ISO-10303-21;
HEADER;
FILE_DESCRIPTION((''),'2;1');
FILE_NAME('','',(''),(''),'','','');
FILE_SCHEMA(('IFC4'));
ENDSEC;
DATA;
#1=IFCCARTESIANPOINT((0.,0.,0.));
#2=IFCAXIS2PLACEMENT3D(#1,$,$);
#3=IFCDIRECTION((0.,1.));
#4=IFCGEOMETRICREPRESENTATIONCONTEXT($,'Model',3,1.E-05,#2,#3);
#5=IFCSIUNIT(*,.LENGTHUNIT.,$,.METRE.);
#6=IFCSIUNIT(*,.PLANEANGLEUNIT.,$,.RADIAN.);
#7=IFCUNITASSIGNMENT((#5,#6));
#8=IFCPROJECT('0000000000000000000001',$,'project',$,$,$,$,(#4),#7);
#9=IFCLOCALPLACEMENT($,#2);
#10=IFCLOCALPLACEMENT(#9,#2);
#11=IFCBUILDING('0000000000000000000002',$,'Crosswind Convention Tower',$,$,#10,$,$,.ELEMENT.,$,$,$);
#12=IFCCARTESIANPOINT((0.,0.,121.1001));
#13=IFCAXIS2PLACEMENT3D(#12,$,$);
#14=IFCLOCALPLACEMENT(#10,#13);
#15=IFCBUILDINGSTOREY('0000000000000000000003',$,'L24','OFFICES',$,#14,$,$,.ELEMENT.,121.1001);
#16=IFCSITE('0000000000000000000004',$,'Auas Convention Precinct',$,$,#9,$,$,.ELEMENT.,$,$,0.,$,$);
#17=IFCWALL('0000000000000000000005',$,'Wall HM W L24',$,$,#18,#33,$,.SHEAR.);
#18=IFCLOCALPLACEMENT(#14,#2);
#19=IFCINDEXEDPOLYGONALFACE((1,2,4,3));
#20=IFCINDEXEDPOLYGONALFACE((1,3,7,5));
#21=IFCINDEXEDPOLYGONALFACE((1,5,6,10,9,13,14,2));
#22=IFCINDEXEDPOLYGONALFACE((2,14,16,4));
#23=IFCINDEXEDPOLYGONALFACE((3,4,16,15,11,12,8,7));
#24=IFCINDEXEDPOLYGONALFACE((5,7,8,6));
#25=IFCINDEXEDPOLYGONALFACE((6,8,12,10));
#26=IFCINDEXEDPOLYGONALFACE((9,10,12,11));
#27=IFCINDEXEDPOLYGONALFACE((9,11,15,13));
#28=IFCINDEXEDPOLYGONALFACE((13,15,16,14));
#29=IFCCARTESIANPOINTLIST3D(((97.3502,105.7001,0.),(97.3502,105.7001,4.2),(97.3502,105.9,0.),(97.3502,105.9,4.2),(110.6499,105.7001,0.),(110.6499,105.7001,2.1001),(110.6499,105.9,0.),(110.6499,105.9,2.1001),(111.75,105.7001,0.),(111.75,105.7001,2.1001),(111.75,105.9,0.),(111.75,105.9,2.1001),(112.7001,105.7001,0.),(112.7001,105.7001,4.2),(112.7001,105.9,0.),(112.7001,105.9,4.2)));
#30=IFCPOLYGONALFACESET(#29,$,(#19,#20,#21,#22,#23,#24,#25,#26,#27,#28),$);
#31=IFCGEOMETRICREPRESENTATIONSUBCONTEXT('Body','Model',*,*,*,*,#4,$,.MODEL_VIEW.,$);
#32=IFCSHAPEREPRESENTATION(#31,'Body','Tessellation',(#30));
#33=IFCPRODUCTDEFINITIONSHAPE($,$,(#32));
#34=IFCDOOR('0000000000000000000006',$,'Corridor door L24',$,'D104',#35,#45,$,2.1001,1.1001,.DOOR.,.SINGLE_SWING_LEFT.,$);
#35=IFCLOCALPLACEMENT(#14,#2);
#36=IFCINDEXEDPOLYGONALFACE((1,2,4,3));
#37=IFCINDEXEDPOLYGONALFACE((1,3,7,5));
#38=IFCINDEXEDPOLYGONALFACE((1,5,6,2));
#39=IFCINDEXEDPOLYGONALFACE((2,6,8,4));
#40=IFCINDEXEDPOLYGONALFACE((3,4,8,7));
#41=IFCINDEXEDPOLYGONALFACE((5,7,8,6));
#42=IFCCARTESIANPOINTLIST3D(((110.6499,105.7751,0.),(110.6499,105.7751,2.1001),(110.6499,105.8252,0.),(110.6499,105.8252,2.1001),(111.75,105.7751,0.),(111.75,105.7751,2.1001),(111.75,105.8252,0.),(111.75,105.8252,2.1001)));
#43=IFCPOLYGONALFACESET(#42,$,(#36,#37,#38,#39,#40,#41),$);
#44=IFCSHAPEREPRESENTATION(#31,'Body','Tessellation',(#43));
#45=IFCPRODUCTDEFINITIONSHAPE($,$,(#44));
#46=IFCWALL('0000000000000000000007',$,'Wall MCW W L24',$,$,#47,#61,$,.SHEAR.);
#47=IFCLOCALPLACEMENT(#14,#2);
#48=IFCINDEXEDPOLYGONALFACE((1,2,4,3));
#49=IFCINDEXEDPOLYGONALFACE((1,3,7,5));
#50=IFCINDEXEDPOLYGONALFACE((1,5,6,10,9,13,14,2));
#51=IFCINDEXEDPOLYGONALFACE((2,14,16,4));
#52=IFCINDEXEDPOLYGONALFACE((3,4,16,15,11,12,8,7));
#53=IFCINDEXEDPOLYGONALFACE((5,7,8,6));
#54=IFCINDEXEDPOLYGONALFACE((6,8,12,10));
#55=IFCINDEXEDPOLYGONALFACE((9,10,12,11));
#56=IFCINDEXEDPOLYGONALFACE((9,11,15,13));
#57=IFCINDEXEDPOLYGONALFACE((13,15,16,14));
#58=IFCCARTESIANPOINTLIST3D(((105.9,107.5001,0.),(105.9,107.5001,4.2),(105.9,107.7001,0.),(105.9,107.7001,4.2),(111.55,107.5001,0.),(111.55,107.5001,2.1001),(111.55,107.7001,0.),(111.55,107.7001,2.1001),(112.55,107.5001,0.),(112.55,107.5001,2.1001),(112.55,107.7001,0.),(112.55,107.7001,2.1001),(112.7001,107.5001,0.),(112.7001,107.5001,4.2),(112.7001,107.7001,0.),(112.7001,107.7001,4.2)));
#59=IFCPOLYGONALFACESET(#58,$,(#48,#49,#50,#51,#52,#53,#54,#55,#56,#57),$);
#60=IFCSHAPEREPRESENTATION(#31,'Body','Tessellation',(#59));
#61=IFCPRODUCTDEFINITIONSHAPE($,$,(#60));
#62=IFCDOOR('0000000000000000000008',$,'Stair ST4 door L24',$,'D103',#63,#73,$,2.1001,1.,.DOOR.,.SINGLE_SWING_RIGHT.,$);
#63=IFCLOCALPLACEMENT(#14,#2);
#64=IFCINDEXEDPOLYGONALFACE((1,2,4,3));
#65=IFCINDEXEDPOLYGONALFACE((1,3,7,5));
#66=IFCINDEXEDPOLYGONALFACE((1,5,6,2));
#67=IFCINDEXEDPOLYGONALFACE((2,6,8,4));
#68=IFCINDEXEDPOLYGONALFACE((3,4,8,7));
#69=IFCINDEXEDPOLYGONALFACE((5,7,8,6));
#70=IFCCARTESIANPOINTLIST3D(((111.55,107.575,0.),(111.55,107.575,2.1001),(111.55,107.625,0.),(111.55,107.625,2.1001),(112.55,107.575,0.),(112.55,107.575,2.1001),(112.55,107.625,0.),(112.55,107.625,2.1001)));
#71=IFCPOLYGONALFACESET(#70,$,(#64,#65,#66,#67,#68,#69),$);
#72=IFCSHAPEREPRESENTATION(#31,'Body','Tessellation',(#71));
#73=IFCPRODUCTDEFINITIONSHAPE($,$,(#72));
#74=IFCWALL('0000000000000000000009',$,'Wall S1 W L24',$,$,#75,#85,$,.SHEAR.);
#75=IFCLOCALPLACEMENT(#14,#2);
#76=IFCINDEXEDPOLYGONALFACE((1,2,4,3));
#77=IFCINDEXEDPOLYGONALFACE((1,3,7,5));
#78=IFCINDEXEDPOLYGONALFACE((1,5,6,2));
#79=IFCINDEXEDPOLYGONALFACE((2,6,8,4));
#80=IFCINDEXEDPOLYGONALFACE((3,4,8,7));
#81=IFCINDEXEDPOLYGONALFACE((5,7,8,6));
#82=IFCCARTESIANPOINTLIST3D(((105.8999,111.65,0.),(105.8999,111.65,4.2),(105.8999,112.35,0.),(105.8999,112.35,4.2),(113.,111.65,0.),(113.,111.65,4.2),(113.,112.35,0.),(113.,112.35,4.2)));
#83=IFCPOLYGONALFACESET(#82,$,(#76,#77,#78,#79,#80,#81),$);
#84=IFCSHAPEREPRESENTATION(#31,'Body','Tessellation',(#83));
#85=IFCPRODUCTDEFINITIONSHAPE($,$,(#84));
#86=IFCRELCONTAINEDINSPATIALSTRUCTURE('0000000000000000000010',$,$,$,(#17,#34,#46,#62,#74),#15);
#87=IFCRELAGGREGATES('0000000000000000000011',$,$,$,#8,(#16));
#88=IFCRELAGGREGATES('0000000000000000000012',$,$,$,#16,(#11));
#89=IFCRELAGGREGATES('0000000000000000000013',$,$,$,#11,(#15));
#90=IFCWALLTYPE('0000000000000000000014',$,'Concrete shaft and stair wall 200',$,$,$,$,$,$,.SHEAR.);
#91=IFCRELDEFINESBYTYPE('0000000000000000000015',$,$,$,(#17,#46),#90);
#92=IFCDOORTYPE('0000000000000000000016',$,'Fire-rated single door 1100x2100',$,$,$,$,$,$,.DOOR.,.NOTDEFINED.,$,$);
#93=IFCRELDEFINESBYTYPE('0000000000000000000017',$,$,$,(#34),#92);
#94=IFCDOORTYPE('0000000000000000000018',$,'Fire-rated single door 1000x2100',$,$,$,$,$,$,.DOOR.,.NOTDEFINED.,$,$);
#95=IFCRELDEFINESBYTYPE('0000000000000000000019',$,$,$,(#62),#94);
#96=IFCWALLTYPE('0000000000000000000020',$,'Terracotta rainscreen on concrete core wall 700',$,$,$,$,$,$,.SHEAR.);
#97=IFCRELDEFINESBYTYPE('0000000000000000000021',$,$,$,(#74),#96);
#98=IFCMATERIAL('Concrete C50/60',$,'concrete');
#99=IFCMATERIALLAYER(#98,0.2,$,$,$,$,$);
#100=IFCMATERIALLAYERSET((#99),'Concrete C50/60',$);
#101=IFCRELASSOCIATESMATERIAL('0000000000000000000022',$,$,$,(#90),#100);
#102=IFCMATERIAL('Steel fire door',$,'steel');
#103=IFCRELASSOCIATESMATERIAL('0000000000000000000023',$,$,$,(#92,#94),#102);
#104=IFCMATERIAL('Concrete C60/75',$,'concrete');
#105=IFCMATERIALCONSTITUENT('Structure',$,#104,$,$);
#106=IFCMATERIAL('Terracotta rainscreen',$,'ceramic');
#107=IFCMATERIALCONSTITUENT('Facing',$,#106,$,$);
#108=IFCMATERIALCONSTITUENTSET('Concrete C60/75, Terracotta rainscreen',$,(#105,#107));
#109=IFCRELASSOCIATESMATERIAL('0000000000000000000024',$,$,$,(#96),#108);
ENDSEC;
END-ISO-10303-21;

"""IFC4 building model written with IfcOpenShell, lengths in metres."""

from ifc_helpers import new_model, si_unit, direction, frame, frame_2d, origin, place, context, subcontext, project, spatial, rectangle, extrude, material, layer, layer_set, constituent, constituent_set, type_object, element, fill, save


model = new_model("IFC4")

# Units and contexts
model_context = context("Model", 3, precision=1e-05, world=origin(), true_north=direction((0.0, 1.0)))
body_context = subcontext(model_context, "Body", "Model", "MODEL_VIEW")
ifc_project = project(units=[si_unit("LENGTHUNIT", "METRE"), si_unit("PLANEANGLEUNIT", "RADIAN")], contexts=[model_context])

# Site, building, storey
site_placement = place(None, origin())
site = spatial("IfcSite", under=ifc_project, at=site_placement, Name="Auas Convention Precinct", CompositionType="ELEMENT", RefElevation=0.0)
building_placement = place(site_placement, origin())
building = spatial("IfcBuilding", under=site, at=building_placement, Name="Crosswind Convention Tower", CompositionType="ELEMENT")
storey_placement = place(building_placement, frame((0.0, 0.0, 121.1001)))
storey = spatial("IfcBuildingStorey", under=building, at=storey_placement, Name="L24", Description="OFFICES", CompositionType="ELEMENT", Elevation=121.1001)

# Shared definitions
ifc_material_1 = material(Name="Concrete C50/60", Category="concrete")

# Walls, openings, doors
ifc_layer_1 = layer(ifc_material_1, 0.2)
ifc_layer_set_1 = layer_set([ifc_layer_1], Name="Concrete C50/60")
wall_type_1 = type_object("IfcWallType", Name="Concrete shaft and stair wall 200", PredefinedType="SHEAR", material=ifc_layer_set_1)
wall_1_placement = place(storey_placement, frame((112.7, 105.8, 0.0), z_axis=(0.0, 0.0, 1.0), x_axis=(-1.0, 0.0, 0.0)))
wall_1 = element("IfcWall", 1, at=wall_1_placement, inside=storey, type_object=wall_type_1, Name="Wall HM W L24", PredefinedType="SHEAR", context=body_context, shape_type="SweptSolid", body=[
    extrude(rectangle(XDim=15.3499, YDim=0.2, at=frame_2d((7.6748, 0.0))), origin(), (0.0, 0.0, 1.0), 4.2),
])
opening_1_placement = place(wall_1_placement, frame((0.95, 0.0, 0.0)))
opening_1 = element("IfcOpeningElement", 2, at=opening_1_placement, cuts=wall_1, PredefinedType="OPENING", context=body_context, shape_type="SweptSolid", body=[
    extrude(rectangle(XDim=1.1001, YDim=2.1001, at=frame_2d((0.55, 1.05))), frame((0.0, 0.1099, 0.0), z_axis=(0.0, -1.0, 0.0), x_axis=(1.0, 0.0, 0.0)), (0.0, 0.0, 1.0), 0.22),
])
ifc_material_2 = material(Name="Steel fire door", Category="steel")
door_type_1 = type_object("IfcDoorType", Name="Fire-rated single door 1100x2100", OperationType="NOTDEFINED", PredefinedType="DOOR", material=ifc_material_2)
door_1_placement = place(opening_1_placement, origin())
door_1 = element("IfcDoor", 3, at=door_1_placement, inside=storey, type_object=door_type_1, Name="Corridor door L24", ObjectType="D104", OperationType="SINGLE_SWING_LEFT", OverallHeight=2.1001, OverallWidth=1.1001, PredefinedType="DOOR", context=body_context, shape_type="SweptSolid", body=[
    extrude(rectangle(XDim=1.1001, YDim=2.1001, at=frame_2d((0.55, 1.05))), frame((0.0, 0.0249, 0.0), z_axis=(0.0, -1.0, 0.0), x_axis=(1.0, 0.0, 0.0)), (0.0, 0.0, 1.0), 0.05),
])
fill(opening_1, door_1)
wall_2_placement = place(storey_placement, frame((112.7, 107.6001, 0.0), z_axis=(0.0, 0.0, 1.0), x_axis=(-1.0, 0.0, 0.0)))
wall_2 = element("IfcWall", 4, at=wall_2_placement, inside=storey, type_object=wall_type_1, Name="Wall MCW W L24", PredefinedType="SHEAR", context=body_context, shape_type="SweptSolid", body=[
    extrude(rectangle(XDim=6.8, YDim=0.2, at=frame_2d((3.3999, 0.0))), origin(), (0.0, 0.0, 1.0), 4.2),
])
opening_2_placement = place(wall_2_placement, frame((0.1499, 0.0, 0.0)))
opening_2 = element("IfcOpeningElement", 5, at=opening_2_placement, cuts=wall_2, PredefinedType="OPENING", context=body_context, shape_type="SweptSolid", body=[
    extrude(rectangle(XDim=1.0, YDim=2.1001, at=frame_2d((0.5, 1.05))), frame((0.0, 0.1099, 0.0), z_axis=(0.0, -1.0, 0.0), x_axis=(1.0, 0.0, 0.0)), (0.0, 0.0, 1.0), 0.22),
])
door_type_2 = type_object("IfcDoorType", Name="Fire-rated single door 1000x2100", OperationType="NOTDEFINED", PredefinedType="DOOR", material=ifc_material_2)
door_2_placement = place(opening_2_placement, frame((1.0, 0.0, 0.0), z_axis=(0.0, 0.0, 1.0), x_axis=(-1.0, 0.0, 0.0)))
door_2 = element("IfcDoor", 6, at=door_2_placement, inside=storey, type_object=door_type_2, Name="Stair ST4 door L24", ObjectType="D103", OperationType="SINGLE_SWING_RIGHT", OverallHeight=2.1001, OverallWidth=1.0, PredefinedType="DOOR", context=body_context, shape_type="SweptSolid", body=[
    extrude(rectangle(XDim=1.0, YDim=2.1001, at=frame_2d((0.5, 1.05))), frame((0.0, 0.0249, 0.0), z_axis=(0.0, -1.0, 0.0), x_axis=(1.0, 0.0, 0.0)), (0.0, 0.0, 1.0), 0.05),
])
fill(opening_2, door_2)

# Wall
ifc_material_3 = material(Name="Concrete C60/75", Category="concrete")
ifc_constituent_1 = constituent(ifc_material_3, Name="Structure")
ifc_material_4 = material(Name="Terracotta rainscreen", Category="ceramic")
ifc_constituent_2 = constituent(ifc_material_4, Name="Facing")
ifc_constituent_set = constituent_set(constituents=[ifc_constituent_1, ifc_constituent_2], Name="Concrete C60/75, Terracotta rainscreen")
wall_type_2 = type_object("IfcWallType", Name="Terracotta rainscreen on concrete core wall 700", PredefinedType="SHEAR", material=ifc_constituent_set)
wall_3_placement = place(storey_placement, frame((113.0, 112.0, 0.0), z_axis=(0.0, 0.0, 1.0), x_axis=(-1.0, 0.0, 0.0)))
element("IfcWall", 7, at=wall_3_placement, inside=storey, type_object=wall_type_2, Name="Wall S1 W L24", PredefinedType="SHEAR", context=body_context, shape_type="SweptSolid", body=[
    extrude(rectangle(XDim=7.1001, YDim=0.7, at=frame_2d((3.55, 0.0))), origin(), (0.0, 0.0, 1.0), 4.2),
])

save(model, "model.ifc")
